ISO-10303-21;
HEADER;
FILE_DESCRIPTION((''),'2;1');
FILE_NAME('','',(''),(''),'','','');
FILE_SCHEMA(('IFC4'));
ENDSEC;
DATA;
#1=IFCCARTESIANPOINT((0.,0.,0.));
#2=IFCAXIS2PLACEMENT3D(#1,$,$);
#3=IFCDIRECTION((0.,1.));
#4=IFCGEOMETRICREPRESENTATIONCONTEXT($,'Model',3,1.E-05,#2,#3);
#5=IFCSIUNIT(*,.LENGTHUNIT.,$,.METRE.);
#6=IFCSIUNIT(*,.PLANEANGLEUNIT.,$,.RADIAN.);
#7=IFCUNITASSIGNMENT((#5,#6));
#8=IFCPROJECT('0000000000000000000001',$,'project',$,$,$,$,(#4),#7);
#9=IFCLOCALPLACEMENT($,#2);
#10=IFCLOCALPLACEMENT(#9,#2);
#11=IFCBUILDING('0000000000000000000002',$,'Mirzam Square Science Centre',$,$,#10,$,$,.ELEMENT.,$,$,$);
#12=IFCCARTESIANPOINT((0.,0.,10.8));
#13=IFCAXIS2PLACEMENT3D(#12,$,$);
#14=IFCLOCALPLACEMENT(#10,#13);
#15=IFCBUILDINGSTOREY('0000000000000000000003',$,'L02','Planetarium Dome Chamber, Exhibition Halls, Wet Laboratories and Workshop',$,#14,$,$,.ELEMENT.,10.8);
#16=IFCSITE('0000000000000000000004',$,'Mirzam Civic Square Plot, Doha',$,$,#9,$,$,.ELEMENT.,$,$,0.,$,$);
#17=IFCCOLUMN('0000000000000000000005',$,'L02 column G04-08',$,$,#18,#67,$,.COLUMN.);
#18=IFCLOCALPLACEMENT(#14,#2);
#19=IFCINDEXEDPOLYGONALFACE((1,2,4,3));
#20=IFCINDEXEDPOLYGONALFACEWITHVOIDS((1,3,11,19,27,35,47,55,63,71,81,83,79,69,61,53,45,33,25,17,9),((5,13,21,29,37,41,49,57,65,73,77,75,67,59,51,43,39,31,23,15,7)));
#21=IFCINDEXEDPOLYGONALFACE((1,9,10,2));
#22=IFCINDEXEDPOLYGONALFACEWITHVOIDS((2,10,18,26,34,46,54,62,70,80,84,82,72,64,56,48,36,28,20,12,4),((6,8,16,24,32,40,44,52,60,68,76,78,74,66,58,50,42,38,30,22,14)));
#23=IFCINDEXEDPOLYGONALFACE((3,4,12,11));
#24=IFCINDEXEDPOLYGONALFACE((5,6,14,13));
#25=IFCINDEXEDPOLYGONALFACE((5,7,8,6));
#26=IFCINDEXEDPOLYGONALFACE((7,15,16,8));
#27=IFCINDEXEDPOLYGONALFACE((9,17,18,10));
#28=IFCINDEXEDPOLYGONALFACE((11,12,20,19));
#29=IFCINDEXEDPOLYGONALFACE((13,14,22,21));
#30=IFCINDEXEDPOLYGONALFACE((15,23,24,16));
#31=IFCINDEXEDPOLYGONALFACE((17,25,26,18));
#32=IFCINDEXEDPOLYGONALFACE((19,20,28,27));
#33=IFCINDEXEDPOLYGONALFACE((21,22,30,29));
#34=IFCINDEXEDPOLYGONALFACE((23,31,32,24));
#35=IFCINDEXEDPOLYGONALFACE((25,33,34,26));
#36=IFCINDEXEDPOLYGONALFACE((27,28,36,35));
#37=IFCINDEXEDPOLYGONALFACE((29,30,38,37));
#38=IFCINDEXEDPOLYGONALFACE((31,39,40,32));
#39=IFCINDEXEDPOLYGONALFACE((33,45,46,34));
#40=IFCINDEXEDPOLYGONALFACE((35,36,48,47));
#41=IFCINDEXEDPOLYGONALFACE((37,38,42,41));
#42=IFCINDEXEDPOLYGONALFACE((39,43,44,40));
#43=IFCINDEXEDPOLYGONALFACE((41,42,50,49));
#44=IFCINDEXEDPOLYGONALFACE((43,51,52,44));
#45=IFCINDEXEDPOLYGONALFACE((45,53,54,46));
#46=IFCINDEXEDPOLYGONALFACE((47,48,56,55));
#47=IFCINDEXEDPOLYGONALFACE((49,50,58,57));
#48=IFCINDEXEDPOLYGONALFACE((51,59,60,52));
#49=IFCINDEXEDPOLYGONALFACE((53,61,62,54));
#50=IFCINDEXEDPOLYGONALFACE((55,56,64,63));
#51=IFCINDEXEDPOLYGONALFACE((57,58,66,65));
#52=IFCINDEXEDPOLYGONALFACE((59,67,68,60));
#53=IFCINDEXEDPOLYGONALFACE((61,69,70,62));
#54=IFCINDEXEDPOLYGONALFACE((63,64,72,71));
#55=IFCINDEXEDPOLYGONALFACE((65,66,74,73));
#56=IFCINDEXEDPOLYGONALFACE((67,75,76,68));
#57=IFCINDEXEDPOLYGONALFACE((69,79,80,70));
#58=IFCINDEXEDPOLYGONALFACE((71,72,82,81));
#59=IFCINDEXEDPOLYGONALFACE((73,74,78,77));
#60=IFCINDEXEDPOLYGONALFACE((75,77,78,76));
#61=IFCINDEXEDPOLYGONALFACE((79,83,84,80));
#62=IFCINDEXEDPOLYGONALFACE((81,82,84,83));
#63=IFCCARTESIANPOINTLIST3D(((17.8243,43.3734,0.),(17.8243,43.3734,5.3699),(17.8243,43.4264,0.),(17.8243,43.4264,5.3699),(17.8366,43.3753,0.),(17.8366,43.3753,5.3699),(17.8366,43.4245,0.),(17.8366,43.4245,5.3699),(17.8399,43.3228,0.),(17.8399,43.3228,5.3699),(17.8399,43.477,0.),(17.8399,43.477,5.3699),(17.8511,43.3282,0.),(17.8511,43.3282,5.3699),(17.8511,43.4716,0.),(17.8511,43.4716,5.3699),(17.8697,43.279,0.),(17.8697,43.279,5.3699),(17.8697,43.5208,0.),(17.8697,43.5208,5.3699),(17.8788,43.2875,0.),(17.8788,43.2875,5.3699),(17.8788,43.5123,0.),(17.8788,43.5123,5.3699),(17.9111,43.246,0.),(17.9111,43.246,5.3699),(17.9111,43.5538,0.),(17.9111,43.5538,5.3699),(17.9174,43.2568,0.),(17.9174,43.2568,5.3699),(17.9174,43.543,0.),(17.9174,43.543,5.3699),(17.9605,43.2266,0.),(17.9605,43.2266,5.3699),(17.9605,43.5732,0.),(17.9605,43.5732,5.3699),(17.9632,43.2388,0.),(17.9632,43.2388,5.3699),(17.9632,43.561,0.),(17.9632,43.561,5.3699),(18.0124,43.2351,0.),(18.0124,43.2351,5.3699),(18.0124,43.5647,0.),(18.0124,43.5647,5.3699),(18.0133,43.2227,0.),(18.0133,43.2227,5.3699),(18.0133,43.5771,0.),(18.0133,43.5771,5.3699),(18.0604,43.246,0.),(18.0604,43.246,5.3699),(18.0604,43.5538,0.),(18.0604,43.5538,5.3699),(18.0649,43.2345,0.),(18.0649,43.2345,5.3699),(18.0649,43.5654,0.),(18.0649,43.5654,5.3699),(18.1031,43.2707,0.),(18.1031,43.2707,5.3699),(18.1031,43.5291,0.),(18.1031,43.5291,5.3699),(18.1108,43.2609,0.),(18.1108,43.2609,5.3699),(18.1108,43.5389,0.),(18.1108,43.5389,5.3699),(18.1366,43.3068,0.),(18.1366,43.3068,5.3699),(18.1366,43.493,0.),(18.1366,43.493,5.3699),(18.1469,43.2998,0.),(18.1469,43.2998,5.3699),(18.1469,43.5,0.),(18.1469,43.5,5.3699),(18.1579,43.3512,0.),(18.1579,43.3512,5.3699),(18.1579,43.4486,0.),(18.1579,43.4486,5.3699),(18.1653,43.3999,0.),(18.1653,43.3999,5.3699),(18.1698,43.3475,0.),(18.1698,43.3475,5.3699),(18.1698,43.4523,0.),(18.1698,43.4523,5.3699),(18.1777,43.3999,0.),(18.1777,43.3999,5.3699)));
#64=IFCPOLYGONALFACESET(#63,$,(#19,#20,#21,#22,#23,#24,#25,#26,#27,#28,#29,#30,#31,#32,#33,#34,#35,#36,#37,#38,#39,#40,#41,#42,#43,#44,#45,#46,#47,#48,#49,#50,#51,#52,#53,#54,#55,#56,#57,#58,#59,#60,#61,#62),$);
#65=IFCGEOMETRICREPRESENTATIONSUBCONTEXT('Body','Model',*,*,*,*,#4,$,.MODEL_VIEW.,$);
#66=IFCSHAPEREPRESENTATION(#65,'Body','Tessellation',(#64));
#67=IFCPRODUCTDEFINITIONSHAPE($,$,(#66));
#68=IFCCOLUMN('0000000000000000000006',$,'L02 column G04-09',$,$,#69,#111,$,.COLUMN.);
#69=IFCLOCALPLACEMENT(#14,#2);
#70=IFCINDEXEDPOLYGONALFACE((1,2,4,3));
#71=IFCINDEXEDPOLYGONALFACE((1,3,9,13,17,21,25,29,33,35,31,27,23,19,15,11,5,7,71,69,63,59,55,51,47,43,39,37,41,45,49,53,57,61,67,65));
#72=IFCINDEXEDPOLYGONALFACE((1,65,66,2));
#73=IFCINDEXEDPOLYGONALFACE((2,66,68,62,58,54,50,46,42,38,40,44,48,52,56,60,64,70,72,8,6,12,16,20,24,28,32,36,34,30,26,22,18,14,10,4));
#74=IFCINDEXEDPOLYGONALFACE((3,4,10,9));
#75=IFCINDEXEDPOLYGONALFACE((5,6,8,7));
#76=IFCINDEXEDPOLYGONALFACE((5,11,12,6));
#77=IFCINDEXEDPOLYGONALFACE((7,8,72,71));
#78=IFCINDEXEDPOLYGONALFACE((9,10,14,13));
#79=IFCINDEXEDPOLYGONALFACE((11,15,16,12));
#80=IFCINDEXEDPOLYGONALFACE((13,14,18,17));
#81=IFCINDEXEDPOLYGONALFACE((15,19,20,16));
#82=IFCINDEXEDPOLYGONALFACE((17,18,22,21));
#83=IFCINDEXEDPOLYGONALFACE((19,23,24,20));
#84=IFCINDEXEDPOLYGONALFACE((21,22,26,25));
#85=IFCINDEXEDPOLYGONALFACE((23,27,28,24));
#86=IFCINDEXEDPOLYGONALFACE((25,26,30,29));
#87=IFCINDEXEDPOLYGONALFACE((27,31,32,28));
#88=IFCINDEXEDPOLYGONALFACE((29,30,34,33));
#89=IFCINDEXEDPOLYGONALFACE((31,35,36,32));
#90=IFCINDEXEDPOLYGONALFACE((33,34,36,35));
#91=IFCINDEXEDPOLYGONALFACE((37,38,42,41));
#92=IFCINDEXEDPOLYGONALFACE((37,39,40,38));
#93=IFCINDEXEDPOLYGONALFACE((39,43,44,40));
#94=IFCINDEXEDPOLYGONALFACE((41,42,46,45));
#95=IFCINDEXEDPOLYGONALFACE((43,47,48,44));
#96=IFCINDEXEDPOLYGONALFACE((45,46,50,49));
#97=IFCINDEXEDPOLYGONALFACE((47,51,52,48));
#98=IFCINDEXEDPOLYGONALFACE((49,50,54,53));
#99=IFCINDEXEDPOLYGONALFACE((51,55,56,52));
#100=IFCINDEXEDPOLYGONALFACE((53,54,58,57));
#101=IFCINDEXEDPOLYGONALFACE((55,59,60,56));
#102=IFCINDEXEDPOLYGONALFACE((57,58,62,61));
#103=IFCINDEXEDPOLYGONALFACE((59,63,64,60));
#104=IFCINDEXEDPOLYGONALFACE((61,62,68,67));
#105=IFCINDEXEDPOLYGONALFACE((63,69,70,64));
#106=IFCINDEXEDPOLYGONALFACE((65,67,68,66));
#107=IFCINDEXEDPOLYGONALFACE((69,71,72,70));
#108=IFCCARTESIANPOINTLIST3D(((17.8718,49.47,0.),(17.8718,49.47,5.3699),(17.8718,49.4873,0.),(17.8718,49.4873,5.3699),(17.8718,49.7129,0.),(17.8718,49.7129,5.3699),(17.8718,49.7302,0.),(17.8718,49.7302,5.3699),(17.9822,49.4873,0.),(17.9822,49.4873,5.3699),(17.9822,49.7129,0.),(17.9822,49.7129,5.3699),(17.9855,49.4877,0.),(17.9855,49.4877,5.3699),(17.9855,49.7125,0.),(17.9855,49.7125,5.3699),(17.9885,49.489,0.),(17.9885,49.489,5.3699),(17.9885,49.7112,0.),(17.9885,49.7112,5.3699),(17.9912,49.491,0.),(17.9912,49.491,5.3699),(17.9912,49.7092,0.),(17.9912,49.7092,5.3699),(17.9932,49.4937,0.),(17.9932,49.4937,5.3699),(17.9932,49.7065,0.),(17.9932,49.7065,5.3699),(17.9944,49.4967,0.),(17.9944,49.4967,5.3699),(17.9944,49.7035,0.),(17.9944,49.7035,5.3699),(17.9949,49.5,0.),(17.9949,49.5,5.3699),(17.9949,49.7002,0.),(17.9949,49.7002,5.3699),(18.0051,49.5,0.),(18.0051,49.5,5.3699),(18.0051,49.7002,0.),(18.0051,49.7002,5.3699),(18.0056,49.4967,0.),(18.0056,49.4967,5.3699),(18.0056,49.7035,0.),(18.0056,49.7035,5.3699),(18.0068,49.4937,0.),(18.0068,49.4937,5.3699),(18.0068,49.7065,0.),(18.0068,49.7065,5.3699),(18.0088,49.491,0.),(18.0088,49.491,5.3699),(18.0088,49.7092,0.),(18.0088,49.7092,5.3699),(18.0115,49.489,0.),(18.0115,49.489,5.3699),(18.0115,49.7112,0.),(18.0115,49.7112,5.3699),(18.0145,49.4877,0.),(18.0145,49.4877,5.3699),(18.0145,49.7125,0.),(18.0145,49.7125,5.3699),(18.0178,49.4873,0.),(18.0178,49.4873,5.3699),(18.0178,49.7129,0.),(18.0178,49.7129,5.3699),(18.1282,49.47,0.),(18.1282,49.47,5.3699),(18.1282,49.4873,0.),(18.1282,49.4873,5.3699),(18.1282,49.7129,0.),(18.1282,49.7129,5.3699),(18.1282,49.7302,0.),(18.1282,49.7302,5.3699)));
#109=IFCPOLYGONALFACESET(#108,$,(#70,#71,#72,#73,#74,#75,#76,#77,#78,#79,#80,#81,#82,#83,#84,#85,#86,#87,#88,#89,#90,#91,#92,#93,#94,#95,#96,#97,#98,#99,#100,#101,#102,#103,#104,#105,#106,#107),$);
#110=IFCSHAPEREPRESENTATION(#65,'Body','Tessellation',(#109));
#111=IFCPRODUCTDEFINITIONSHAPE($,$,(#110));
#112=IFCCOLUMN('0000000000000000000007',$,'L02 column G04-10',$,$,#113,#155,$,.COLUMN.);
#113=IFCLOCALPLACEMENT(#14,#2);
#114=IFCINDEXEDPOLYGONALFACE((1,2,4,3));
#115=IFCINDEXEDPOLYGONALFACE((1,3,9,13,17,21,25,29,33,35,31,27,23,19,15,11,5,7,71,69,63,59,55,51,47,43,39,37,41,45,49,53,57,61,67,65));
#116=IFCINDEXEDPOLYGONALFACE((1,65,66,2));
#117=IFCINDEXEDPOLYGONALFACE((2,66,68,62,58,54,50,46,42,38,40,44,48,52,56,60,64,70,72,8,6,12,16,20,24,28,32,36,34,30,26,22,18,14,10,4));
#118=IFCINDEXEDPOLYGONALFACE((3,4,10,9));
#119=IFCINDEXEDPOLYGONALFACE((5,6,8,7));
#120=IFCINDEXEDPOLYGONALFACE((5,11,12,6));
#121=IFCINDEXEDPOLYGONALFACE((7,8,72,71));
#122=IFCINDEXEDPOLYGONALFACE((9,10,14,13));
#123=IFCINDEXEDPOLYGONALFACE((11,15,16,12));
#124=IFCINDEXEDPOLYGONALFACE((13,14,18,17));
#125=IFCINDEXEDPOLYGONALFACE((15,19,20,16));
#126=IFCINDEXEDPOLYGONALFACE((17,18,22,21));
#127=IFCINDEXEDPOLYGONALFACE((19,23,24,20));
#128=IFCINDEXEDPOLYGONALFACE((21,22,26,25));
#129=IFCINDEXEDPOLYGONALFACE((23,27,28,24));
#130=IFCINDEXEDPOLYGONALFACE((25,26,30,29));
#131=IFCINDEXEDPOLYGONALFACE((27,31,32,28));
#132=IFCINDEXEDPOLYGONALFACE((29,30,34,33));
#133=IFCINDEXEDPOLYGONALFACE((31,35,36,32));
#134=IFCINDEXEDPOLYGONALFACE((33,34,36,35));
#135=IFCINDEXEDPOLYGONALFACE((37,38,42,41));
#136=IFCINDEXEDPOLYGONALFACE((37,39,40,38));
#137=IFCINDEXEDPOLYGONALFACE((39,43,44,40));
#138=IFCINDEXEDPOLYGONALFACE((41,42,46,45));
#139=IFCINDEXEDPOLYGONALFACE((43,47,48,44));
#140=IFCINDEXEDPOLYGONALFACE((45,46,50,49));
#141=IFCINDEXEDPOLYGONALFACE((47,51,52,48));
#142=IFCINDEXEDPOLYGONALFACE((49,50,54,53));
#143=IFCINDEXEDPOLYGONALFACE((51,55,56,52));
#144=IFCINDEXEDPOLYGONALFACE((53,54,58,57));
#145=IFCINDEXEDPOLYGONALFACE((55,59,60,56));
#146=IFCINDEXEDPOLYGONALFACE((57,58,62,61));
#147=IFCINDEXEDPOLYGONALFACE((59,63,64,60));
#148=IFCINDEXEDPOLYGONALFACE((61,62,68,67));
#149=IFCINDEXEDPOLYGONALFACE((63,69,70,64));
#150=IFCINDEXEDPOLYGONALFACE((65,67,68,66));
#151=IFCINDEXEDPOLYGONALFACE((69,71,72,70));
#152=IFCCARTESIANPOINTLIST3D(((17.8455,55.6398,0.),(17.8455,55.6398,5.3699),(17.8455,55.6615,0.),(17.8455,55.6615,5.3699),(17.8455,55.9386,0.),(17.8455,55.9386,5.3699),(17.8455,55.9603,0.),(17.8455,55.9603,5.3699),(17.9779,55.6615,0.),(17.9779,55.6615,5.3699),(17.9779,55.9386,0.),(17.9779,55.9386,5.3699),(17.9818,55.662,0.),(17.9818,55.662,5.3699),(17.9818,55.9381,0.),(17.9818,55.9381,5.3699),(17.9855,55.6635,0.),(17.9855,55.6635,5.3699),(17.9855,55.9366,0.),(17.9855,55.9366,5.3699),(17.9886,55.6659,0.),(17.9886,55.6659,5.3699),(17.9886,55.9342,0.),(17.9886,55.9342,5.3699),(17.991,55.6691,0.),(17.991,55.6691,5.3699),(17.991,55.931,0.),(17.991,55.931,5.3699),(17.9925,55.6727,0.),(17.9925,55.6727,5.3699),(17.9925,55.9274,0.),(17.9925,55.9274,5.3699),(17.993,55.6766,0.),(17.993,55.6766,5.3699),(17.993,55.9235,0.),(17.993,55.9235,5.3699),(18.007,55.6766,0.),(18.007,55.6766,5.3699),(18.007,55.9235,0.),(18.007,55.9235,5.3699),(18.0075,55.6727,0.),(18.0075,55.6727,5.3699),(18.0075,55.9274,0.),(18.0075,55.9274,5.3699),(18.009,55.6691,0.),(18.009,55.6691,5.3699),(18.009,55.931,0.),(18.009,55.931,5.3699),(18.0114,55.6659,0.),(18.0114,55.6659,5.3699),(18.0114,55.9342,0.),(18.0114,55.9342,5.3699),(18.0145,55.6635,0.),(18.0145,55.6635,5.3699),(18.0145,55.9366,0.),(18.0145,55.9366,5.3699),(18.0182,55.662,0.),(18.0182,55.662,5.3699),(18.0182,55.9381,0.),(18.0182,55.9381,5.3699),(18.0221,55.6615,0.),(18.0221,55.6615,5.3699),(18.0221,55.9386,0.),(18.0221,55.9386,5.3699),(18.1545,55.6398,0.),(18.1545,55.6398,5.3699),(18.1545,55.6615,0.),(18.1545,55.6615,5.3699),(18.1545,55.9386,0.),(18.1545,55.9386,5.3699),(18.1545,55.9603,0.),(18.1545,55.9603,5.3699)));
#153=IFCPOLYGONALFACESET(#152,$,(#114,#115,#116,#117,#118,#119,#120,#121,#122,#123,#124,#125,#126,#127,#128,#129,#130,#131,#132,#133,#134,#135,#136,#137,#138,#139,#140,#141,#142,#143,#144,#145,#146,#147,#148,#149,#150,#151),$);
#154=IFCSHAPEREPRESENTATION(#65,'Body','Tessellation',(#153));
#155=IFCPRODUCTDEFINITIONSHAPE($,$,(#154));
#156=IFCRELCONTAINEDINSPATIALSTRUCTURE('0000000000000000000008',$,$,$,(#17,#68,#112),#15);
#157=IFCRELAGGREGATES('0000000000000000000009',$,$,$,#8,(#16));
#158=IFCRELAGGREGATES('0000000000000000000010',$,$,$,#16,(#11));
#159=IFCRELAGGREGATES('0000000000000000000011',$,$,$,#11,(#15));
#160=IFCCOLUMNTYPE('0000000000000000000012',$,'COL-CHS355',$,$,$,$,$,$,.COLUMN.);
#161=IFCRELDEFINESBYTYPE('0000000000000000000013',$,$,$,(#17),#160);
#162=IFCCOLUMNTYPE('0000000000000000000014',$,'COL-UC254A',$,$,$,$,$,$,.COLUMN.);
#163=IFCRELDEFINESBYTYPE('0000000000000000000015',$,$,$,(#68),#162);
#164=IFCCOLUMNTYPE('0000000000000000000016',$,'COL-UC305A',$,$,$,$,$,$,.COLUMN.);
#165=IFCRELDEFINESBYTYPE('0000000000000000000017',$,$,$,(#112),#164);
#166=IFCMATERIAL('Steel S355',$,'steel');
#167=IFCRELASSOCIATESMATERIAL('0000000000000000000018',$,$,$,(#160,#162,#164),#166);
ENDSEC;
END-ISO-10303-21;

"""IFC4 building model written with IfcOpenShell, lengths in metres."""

from ifc_helpers import new_model, si_unit, direction, frame, origin, origin_2d, place, context, subcontext, project, spatial, hollow_circle, i_section, extrude, material, material_profile, profile_set, type_object, element, save


model = new_model("IFC4")

# Units and contexts
model_context = context("Model", 3, precision=1e-05, world=origin(), true_north=direction((0.0, 1.0)))
body_context = subcontext(model_context, "Body", "Model", "MODEL_VIEW")
ifc_project = project(units=[si_unit("LENGTHUNIT", "METRE"), si_unit("PLANEANGLEUNIT", "RADIAN")], contexts=[model_context])

# Site, building, storey
site_placement = place(None, origin())
site = spatial("IfcSite", under=ifc_project, at=site_placement, Name="Mirzam Civic Square Plot, Doha", CompositionType="ELEMENT", RefElevation=0.0)
building_placement = place(site_placement, origin())
building = spatial("IfcBuilding", under=site, at=building_placement, Name="Mirzam Square Science Centre", CompositionType="ELEMENT")
storey_placement = place(building_placement, frame((0.0, 0.0, 10.8)))
storey = spatial("IfcBuildingStorey", under=building, at=storey_placement, Name="L02", Description="Planetarium Dome Chamber, Exhibition Halls, Wet Laboratories and Workshop", CompositionType="ELEMENT", Elevation=10.8)

# Columns
ifc_material_1 = material(Name="Steel S355", Category="steel")
ifc_material_profile_1 = material_profile(ifc_material_1, hollow_circle(Radius=0.1777, WallThickness=0.0125, at=origin_2d()), Name="355.6x12.5CHS")
ifc_profile_set_1 = profile_set([ifc_material_profile_1], Name="Steel S355")
column_type_1 = type_object("IfcColumnType", Name="COL-CHS355", PredefinedType="COLUMN", material=ifc_profile_set_1)
column_1_placement = place(storey_placement, frame((18.0, 43.3999, 0.0), z_axis=(0.0, 0.0, 1.0), x_axis=(1.0, 0.0, 0.0)))
element("IfcColumn", 1, at=column_1_placement, inside=storey, type_object=column_type_1, Name="L02 column G04-08", PredefinedType="COLUMN", context=body_context, shape_type="SweptSolid", body=[
    extrude(hollow_circle(Radius=0.1777, WallThickness=0.0125, at=origin_2d()), origin(), (0.0, 0.0, 1.0), 5.3699),
])
ifc_material_profile_2 = material_profile(ifc_material_1, i_section(OverallWidth=0.2563, OverallDepth=0.2603, WebThickness=0.0103, FlangeThickness=0.0173, FilletRadius=0.0127, at=origin_2d()), Name="254x254x89UC")
ifc_profile_set_2 = profile_set([ifc_material_profile_2], Name="Steel S355")
column_type_2 = type_object("IfcColumnType", Name="COL-UC254A", PredefinedType="COLUMN", material=ifc_profile_set_2)
column_2_placement = place(storey_placement, frame((18.0, 49.6001, 0.0), z_axis=(0.0, 0.0, 1.0), x_axis=(1.0, 0.0, 0.0)))
element("IfcColumn", 2, at=column_2_placement, inside=storey, type_object=column_type_2, Name="L02 column G04-09", PredefinedType="COLUMN", context=body_context, shape_type="SweptSolid", body=[
    extrude(i_section(OverallWidth=0.2563, OverallDepth=0.2603, WebThickness=0.0103, FlangeThickness=0.0173, FilletRadius=0.0127, at=origin_2d()), origin(), (0.0, 0.0, 1.0), 5.3699),
])
ifc_material_profile_3 = material_profile(ifc_material_1, i_section(OverallWidth=0.3091, OverallDepth=0.3206, WebThickness=0.0139, FlangeThickness=0.0217, FilletRadius=0.0151, at=origin_2d()), Name="305x305x137UC")
ifc_profile_set_3 = profile_set([ifc_material_profile_3], Name="Steel S355")
column_type_3 = type_object("IfcColumnType", Name="COL-UC305A", PredefinedType="COLUMN", material=ifc_profile_set_3)
column_3_placement = place(storey_placement, frame((18.0, 55.8, 0.0), z_axis=(0.0, 0.0, 1.0), x_axis=(1.0, 0.0, 0.0)))
element("IfcColumn", 3, at=column_3_placement, inside=storey, type_object=column_type_3, Name="L02 column G04-10", PredefinedType="COLUMN", context=body_context, shape_type="SweptSolid", body=[
    extrude(i_section(OverallWidth=0.3091, OverallDepth=0.3206, WebThickness=0.0139, FlangeThickness=0.0217, FilletRadius=0.0151, at=origin_2d()), origin(), (0.0, 0.0, 1.0), 5.3699),
])

save(model, "model.ifc")
